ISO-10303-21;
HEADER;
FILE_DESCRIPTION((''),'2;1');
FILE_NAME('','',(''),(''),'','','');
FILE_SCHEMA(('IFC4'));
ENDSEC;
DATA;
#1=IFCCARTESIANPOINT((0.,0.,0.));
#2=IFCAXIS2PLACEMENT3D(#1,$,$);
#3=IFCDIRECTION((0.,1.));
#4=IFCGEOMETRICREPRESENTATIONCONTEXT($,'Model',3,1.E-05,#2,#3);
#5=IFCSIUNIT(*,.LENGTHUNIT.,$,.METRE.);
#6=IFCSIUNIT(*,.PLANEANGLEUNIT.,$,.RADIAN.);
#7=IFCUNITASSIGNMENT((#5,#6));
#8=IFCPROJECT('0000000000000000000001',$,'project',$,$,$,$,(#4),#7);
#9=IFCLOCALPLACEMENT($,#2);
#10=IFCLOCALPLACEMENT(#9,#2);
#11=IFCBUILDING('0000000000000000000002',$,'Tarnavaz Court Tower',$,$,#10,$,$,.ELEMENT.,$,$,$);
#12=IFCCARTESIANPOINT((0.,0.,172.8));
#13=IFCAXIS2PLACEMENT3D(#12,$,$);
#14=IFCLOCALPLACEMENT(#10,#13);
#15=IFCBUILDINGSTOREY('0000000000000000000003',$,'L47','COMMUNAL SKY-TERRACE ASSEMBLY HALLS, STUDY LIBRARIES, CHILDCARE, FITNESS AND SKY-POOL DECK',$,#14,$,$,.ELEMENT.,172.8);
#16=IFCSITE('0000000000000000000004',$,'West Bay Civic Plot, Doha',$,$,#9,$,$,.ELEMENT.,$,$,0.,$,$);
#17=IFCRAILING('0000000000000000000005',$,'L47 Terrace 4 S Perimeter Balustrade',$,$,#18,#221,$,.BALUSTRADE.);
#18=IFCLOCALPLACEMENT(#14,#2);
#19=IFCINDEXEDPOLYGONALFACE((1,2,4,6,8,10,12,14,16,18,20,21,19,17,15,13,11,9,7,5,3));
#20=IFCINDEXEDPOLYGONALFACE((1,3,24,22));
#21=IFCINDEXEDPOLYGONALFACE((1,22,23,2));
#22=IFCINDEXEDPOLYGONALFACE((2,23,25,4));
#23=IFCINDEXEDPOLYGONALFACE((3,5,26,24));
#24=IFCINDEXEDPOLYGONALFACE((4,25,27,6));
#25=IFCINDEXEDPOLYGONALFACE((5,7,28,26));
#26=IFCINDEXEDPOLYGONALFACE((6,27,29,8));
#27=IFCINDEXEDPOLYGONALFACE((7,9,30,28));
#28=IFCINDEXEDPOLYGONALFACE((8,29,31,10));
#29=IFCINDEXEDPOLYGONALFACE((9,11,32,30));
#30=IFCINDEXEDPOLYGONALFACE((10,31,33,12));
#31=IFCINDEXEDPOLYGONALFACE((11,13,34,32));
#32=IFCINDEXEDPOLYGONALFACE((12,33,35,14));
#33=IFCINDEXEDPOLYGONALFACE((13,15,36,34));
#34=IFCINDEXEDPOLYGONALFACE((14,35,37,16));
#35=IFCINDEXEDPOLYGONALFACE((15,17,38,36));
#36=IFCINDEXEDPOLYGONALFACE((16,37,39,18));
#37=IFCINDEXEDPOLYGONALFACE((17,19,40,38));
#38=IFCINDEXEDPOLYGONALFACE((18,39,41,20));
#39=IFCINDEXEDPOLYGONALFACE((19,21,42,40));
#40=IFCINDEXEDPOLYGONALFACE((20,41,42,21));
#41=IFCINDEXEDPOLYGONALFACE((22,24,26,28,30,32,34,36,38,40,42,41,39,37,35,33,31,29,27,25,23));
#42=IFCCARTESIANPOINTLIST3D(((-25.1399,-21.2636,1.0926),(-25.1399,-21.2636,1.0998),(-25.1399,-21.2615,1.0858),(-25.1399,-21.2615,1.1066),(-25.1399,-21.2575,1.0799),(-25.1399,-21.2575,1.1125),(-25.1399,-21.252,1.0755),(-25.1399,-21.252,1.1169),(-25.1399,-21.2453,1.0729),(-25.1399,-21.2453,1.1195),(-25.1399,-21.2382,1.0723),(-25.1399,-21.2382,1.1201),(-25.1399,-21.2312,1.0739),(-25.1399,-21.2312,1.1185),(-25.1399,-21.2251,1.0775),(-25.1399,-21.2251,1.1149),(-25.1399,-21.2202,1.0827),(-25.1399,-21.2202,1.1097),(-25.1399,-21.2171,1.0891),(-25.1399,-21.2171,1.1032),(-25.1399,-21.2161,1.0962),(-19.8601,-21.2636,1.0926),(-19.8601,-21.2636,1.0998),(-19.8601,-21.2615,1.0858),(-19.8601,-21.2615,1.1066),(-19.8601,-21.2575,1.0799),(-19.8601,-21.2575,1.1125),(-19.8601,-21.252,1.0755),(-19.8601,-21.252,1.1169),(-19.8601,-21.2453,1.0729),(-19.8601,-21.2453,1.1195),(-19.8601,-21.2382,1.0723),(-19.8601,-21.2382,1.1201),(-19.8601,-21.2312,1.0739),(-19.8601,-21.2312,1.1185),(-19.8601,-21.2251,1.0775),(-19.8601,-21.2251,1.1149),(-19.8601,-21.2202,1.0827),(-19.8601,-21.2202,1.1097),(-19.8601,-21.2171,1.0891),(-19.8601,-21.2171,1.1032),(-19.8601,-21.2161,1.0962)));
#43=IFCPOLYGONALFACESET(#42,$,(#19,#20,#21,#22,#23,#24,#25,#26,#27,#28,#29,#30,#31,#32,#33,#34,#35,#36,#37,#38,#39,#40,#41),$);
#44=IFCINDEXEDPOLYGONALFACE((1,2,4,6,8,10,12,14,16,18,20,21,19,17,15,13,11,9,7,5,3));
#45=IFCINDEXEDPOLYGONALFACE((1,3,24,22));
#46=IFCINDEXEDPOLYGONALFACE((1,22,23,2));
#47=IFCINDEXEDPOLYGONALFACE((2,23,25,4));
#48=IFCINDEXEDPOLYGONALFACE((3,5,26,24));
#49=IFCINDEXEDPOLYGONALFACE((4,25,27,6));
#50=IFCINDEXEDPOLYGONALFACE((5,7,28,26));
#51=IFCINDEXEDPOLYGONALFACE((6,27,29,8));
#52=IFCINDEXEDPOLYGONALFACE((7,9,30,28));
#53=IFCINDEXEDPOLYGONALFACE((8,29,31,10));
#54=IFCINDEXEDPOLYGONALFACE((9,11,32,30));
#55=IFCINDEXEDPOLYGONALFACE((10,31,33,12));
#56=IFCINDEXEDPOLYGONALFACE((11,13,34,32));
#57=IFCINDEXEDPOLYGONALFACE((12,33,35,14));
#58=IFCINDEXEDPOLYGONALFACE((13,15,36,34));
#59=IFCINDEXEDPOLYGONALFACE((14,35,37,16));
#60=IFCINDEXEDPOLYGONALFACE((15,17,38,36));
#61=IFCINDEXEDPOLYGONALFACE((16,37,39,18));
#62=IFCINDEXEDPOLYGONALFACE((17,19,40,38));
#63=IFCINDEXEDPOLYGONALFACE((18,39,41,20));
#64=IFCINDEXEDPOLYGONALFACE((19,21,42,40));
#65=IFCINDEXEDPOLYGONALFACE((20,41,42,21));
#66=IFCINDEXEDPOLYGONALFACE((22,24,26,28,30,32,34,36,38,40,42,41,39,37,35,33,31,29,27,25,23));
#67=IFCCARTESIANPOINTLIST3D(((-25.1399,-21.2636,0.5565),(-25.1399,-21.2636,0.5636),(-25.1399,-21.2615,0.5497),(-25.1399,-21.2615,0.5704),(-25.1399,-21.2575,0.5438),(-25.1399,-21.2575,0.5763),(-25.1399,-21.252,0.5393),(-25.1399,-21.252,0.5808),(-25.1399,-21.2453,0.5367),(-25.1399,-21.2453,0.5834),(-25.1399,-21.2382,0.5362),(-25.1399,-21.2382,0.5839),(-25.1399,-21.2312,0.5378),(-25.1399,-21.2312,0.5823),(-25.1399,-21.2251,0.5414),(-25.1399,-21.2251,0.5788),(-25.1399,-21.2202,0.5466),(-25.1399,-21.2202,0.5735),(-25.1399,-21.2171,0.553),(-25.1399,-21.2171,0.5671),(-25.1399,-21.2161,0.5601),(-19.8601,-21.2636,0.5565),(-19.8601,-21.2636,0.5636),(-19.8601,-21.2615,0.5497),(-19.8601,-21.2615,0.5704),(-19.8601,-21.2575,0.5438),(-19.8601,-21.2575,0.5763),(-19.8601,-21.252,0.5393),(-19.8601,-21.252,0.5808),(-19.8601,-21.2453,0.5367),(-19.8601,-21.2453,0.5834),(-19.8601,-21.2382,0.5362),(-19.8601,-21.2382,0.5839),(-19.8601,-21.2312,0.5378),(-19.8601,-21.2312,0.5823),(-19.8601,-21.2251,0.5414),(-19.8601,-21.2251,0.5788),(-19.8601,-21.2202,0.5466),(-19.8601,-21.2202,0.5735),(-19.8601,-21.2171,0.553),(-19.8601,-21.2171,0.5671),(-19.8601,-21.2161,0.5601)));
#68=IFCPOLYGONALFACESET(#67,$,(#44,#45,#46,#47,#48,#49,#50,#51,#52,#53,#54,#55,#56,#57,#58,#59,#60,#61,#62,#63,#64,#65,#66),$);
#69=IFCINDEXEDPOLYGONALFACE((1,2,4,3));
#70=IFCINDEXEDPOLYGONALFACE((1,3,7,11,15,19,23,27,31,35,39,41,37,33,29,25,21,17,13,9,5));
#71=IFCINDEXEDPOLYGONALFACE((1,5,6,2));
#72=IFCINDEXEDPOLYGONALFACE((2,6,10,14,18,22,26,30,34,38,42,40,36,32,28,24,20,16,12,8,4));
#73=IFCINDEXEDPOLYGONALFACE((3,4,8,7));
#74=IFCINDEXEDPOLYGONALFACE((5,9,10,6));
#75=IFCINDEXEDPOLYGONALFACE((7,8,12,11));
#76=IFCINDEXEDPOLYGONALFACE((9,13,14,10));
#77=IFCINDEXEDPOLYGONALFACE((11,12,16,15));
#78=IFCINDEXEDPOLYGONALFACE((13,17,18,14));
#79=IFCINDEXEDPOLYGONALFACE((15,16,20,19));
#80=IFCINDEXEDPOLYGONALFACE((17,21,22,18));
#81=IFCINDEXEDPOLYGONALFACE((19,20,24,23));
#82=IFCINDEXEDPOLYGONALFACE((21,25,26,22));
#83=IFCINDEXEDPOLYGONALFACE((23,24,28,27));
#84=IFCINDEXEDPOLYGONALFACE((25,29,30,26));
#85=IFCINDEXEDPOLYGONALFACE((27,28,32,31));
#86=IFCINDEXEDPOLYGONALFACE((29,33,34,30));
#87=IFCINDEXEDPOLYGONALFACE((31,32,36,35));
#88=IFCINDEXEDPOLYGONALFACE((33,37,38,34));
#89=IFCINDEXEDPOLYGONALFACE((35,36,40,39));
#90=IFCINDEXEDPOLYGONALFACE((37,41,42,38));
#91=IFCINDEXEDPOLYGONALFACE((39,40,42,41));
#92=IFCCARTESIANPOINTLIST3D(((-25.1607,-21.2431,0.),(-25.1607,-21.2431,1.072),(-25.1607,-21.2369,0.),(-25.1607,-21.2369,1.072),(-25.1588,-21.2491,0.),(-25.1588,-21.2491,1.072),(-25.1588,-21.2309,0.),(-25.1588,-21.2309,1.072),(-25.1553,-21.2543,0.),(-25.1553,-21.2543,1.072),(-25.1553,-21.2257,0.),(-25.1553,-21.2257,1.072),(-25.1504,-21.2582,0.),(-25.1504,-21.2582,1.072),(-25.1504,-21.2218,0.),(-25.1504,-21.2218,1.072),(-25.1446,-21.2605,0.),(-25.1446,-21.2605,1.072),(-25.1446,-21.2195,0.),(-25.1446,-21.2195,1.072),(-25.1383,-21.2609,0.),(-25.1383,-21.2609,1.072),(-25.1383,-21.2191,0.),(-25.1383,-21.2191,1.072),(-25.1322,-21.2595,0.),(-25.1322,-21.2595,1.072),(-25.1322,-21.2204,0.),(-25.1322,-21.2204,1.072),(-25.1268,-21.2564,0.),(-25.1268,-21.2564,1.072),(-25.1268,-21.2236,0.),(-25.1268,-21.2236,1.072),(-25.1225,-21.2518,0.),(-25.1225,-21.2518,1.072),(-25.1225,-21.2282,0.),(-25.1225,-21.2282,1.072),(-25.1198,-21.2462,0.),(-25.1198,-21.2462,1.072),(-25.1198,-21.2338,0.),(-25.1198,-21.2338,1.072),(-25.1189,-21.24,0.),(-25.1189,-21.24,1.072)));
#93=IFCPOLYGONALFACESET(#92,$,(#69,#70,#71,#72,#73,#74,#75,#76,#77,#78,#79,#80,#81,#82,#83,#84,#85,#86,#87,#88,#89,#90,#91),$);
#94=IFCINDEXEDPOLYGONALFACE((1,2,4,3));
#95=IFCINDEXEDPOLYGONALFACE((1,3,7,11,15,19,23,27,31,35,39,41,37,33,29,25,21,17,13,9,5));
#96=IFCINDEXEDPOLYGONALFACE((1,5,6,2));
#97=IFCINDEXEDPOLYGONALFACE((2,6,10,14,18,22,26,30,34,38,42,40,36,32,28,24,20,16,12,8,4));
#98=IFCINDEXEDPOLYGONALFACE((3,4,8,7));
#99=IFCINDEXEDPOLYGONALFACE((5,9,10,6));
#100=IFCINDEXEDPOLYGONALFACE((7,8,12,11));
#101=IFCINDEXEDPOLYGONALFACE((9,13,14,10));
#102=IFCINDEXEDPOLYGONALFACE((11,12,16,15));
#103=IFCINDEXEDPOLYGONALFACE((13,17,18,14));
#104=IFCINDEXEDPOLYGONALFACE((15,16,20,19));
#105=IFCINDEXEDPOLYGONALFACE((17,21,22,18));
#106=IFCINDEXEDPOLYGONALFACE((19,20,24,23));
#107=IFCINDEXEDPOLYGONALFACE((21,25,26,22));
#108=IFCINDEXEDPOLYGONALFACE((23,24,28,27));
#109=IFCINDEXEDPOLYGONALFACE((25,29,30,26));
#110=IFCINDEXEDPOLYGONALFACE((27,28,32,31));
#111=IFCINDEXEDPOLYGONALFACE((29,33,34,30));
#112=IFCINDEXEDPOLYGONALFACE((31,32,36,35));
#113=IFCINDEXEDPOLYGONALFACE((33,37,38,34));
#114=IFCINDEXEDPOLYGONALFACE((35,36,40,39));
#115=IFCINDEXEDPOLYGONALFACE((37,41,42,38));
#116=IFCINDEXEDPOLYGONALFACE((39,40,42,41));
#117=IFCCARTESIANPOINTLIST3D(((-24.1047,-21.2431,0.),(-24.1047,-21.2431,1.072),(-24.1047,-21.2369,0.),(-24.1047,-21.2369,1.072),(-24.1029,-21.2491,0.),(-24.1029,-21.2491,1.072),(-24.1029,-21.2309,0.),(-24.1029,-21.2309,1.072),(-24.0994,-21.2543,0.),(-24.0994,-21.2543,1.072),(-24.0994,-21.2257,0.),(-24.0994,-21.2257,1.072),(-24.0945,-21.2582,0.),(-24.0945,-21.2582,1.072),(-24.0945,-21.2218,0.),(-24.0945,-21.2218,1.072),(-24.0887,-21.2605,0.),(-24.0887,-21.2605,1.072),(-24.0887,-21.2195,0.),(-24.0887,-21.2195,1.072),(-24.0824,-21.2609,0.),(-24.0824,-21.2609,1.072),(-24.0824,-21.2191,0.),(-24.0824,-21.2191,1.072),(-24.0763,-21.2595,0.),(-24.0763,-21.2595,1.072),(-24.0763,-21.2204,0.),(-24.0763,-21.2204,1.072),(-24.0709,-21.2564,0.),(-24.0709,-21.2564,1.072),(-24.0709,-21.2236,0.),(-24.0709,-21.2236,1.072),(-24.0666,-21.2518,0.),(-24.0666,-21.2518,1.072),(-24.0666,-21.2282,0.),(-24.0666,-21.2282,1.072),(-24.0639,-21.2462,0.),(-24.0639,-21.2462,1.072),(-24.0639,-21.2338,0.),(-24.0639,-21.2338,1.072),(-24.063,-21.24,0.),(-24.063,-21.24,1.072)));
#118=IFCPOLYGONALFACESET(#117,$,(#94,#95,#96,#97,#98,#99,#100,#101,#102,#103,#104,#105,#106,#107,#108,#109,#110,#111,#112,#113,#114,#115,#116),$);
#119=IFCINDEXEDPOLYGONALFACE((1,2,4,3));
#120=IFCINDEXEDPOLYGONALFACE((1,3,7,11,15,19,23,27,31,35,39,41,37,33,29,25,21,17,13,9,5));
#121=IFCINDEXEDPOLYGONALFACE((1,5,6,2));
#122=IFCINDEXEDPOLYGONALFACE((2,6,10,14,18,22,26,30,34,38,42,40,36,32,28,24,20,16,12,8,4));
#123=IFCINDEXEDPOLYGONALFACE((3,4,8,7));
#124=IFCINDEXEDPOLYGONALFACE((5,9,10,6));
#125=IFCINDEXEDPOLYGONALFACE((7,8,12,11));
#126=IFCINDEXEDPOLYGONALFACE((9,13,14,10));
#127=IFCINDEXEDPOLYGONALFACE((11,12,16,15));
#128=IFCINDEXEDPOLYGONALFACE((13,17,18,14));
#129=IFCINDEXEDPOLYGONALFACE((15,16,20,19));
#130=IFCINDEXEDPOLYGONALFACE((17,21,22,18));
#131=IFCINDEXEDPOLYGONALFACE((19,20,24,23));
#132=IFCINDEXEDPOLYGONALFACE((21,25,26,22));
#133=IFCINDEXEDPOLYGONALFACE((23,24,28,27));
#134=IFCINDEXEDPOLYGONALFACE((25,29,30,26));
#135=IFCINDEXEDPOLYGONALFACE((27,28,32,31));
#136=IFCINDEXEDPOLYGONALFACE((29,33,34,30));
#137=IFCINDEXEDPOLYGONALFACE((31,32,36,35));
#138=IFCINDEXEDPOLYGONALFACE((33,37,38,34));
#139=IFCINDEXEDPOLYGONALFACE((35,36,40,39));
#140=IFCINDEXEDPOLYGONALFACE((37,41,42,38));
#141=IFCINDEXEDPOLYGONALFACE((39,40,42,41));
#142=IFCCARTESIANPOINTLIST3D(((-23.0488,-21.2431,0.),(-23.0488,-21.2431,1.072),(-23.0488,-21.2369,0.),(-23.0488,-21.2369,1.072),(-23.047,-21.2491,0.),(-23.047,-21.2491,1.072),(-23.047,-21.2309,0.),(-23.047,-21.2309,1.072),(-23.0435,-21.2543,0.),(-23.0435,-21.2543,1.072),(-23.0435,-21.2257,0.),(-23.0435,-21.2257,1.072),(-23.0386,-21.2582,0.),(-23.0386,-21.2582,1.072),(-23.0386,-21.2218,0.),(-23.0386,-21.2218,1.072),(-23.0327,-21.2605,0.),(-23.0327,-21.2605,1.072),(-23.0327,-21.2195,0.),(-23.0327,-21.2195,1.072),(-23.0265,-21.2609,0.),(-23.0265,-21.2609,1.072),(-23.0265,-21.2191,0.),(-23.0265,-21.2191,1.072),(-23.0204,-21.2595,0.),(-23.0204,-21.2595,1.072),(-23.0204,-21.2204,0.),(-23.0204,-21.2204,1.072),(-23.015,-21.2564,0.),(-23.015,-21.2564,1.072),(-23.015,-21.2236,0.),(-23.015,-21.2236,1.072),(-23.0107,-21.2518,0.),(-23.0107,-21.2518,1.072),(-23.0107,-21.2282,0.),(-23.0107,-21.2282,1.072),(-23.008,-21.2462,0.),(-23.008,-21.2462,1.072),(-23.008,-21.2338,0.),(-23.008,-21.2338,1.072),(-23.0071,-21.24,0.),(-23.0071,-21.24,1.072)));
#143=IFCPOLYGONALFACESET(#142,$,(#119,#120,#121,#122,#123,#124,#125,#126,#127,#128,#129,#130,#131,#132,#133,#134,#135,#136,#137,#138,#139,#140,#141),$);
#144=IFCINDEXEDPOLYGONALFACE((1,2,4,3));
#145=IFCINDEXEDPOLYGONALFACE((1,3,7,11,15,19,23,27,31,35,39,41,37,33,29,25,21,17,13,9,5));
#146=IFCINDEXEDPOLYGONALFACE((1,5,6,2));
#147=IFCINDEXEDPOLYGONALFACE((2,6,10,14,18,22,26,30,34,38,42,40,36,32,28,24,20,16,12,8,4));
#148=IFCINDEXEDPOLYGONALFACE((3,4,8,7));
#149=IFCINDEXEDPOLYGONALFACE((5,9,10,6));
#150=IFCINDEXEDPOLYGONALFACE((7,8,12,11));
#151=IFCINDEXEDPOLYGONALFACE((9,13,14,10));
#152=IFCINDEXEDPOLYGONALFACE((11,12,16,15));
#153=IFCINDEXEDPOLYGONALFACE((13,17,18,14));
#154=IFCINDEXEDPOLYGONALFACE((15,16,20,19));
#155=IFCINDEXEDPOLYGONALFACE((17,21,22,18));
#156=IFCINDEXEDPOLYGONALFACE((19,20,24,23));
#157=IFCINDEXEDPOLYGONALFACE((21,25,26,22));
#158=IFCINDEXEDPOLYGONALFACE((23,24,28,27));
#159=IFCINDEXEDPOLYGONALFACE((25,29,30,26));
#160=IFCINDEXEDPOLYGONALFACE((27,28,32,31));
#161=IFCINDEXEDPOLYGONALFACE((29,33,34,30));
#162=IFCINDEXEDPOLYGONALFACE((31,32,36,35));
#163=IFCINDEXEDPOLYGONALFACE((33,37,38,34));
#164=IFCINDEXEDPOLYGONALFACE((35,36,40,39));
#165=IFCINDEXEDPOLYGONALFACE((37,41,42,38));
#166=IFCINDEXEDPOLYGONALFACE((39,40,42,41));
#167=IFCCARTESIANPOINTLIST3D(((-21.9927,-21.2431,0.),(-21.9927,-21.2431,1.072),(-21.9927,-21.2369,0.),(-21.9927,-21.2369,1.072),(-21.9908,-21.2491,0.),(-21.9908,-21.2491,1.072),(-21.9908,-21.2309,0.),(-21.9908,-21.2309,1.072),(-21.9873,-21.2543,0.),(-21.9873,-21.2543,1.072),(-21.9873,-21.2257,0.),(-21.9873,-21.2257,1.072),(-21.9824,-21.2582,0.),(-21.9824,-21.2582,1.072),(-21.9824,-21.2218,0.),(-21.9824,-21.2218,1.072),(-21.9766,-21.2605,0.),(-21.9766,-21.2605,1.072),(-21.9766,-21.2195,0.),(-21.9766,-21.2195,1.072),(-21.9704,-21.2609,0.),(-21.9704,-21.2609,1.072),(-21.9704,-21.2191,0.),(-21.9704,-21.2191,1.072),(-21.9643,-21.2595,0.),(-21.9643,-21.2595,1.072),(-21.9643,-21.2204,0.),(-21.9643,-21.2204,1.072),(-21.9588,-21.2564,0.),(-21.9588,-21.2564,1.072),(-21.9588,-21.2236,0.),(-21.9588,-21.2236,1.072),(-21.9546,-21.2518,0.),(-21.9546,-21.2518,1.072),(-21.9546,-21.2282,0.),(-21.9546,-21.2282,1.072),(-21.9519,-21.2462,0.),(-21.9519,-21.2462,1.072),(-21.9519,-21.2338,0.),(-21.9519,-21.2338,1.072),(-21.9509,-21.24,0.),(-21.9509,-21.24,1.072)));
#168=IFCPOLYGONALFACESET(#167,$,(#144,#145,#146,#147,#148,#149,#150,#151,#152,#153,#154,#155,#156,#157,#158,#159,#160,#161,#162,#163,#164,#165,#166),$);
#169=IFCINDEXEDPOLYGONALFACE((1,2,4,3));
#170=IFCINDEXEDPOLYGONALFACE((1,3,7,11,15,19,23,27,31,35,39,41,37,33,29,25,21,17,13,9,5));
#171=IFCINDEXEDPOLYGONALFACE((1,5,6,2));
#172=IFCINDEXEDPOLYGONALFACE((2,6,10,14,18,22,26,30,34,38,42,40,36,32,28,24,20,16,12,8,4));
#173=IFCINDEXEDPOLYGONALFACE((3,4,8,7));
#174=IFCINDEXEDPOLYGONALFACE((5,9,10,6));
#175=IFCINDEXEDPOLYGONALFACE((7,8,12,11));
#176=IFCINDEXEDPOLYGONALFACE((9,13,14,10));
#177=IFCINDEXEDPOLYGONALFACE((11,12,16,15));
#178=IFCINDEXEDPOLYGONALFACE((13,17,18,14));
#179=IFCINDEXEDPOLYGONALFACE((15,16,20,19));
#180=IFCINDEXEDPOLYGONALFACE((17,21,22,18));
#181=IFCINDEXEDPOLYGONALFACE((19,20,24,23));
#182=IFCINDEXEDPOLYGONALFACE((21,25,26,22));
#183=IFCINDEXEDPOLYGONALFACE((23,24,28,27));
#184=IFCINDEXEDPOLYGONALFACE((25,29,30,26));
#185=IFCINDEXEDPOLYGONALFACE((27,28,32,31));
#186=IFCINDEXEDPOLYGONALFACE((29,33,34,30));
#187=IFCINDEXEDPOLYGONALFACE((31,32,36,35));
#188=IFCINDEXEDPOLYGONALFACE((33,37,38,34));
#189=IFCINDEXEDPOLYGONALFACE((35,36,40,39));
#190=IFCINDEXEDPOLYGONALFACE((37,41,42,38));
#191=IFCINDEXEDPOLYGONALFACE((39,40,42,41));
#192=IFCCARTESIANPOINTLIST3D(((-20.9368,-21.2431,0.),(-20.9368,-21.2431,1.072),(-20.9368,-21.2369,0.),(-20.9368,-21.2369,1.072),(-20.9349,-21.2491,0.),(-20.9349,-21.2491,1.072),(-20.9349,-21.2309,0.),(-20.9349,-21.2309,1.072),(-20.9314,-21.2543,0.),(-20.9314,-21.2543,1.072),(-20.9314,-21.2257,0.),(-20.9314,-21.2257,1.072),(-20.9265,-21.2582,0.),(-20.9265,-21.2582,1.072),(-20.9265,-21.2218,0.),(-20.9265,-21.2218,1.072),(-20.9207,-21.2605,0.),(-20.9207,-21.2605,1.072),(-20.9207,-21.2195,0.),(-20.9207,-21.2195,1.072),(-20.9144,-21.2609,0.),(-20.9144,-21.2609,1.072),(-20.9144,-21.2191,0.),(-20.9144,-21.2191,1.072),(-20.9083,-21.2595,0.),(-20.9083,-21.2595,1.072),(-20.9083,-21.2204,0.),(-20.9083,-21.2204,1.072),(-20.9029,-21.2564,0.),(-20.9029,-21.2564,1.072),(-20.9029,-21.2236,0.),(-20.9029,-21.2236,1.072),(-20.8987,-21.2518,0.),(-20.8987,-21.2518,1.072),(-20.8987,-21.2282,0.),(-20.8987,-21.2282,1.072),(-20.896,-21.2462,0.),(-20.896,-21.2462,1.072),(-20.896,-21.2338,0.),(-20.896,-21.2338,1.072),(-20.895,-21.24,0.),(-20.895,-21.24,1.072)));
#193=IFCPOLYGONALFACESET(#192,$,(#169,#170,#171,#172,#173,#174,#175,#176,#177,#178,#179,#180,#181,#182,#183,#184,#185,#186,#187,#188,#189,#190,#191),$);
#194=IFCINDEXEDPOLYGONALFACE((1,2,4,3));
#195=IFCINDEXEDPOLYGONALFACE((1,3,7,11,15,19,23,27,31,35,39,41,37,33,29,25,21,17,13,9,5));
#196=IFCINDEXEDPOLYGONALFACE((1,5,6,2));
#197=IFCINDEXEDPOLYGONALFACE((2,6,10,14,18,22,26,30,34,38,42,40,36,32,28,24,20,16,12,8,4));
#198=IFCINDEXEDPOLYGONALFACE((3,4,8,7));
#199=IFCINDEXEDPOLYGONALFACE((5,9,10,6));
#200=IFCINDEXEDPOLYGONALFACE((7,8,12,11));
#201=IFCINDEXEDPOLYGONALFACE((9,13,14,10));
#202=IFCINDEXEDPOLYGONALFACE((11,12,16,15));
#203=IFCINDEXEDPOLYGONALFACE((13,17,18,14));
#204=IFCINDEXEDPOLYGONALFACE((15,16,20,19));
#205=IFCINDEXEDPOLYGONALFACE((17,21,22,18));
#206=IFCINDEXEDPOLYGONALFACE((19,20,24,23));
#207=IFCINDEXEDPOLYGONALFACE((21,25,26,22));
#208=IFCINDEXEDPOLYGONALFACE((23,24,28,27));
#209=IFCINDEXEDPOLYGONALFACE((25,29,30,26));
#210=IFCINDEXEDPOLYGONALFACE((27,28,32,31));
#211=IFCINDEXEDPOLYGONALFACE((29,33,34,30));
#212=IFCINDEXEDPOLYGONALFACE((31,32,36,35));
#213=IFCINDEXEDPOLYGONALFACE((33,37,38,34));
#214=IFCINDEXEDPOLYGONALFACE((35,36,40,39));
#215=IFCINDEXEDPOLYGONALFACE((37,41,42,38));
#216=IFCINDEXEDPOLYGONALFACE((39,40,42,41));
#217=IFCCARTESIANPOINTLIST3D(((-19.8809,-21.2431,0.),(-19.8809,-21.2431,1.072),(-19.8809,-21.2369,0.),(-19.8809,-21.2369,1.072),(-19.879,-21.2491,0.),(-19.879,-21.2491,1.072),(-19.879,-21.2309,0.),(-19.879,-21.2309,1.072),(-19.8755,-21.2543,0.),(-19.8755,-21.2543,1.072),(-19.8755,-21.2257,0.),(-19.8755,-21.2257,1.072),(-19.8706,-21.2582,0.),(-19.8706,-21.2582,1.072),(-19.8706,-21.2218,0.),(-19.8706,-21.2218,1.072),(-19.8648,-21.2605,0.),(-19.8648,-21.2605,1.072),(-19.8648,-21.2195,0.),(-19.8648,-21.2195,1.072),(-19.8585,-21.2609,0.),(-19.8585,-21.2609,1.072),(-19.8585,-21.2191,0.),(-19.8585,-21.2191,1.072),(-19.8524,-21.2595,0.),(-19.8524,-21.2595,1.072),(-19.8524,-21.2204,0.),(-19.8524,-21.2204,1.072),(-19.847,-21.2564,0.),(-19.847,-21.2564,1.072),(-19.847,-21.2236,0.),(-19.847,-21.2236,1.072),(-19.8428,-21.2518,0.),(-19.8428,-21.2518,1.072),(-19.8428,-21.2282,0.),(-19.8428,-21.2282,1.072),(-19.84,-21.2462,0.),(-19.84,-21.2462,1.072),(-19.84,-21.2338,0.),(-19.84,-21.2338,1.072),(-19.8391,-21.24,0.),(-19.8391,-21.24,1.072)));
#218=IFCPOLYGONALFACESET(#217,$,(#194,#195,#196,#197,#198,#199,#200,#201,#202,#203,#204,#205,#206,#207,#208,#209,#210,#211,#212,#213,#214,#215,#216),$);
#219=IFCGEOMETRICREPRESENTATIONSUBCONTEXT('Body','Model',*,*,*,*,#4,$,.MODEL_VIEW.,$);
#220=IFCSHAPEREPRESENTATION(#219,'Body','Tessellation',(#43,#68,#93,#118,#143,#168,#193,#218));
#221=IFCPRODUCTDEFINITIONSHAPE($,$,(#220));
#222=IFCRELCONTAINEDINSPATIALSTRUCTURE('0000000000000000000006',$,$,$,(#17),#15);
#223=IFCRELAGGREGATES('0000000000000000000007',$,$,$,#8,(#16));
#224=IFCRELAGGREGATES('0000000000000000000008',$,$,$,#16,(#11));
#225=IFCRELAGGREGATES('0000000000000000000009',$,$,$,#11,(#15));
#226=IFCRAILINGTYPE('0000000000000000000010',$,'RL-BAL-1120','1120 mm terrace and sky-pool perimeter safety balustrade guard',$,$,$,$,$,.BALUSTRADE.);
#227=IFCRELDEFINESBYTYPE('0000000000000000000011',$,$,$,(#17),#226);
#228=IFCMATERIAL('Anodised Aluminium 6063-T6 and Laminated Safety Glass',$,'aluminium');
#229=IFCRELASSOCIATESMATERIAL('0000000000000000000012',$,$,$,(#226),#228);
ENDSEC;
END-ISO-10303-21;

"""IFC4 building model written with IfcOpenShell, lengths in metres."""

from ifc_helpers import new_model, si_unit, direction, frame, origin, origin_2d, place, context, subcontext, project, spatial, circle, extrude, material, type_object, element, save


model = new_model("IFC4")

# Units and contexts
model_context = context("Model", 3, precision=1e-05, world=origin(), true_north=direction((0.0, 1.0)))
body_context = subcontext(model_context, "Body", "Model", "MODEL_VIEW")
ifc_project = project(units=[si_unit("LENGTHUNIT", "METRE"), si_unit("PLANEANGLEUNIT", "RADIAN")], contexts=[model_context])

# Site, building, storey
site_placement = place(None, origin())
site = spatial("IfcSite", under=ifc_project, at=site_placement, Name="West Bay Civic Plot, Doha", CompositionType="ELEMENT", RefElevation=0.0)
building_placement = place(site_placement, origin())
building = spatial("IfcBuilding", under=site, at=building_placement, Name="Tarnavaz Court Tower", CompositionType="ELEMENT")
storey_placement = place(building_placement, frame((0.0, 0.0, 172.8)))
storey = spatial("IfcBuildingStorey", under=building, at=storey_placement, Name="L47", Description="COMMUNAL SKY-TERRACE ASSEMBLY HALLS, STUDY LIBRARIES, CHILDCARE, FITNESS AND SKY-POOL DECK", CompositionType="ELEMENT", Elevation=172.8)

# Railing
ifc_material_1 = material(Name="Anodised Aluminium 6063-T6 and Laminated Safety Glass", Category="aluminium")
railing_type = type_object("IfcRailingType", Name="RL-BAL-1120", Description="1120 mm terrace and sky-pool perimeter safety balustrade guard", PredefinedType="BALUSTRADE", material=ifc_material_1)
railing_1_placement = place(storey_placement, frame((-25.1399, -21.24, 0.0)))
element("IfcRailing", 1, at=railing_1_placement, inside=storey, type_object=railing_type, Name="L47 Terrace 4 S Perimeter Balustrade", PredefinedType="BALUSTRADE", context=body_context, shape_type="SweptSolid", body=[
    extrude(circle(Radius=0.0239, at=origin_2d()), frame((0.0, 0.0, 1.0962), z_axis=(1.0, 0.0, 0.0), x_axis=(0.0, 1.0, 0.0)), (0.0, 0.0, 1.0), 5.2798),
    extrude(circle(Radius=0.0239, at=origin_2d()), frame((0.0, 0.0, 0.5601), z_axis=(1.0, 0.0, 0.0), x_axis=(0.0, 1.0, 0.0)), (0.0, 0.0, 1.0), 5.2798),
    extrude(circle(Radius=0.021, at=origin_2d()), origin(), (0.0, 0.0, 1.0), 1.072),
    extrude(circle(Radius=0.021, at=origin_2d()), frame((1.0559, 0.0, 0.0)), (0.0, 0.0, 1.0), 1.072),
    extrude(circle(Radius=0.021, at=origin_2d()), frame((2.1118, 0.0, 0.0)), (0.0, 0.0, 1.0), 1.072),
    extrude(circle(Radius=0.021, at=origin_2d()), frame((3.168, 0.0, 0.0)), (0.0, 0.0, 1.0), 1.072),
    extrude(circle(Radius=0.021, at=origin_2d()), frame((4.2239, 0.0, 0.0)), (0.0, 0.0, 1.0), 1.072),
    extrude(circle(Radius=0.021, at=origin_2d()), frame((5.2798, 0.0, 0.0)), (0.0, 0.0, 1.0), 1.072),
])

save(model, "model.ifc")
